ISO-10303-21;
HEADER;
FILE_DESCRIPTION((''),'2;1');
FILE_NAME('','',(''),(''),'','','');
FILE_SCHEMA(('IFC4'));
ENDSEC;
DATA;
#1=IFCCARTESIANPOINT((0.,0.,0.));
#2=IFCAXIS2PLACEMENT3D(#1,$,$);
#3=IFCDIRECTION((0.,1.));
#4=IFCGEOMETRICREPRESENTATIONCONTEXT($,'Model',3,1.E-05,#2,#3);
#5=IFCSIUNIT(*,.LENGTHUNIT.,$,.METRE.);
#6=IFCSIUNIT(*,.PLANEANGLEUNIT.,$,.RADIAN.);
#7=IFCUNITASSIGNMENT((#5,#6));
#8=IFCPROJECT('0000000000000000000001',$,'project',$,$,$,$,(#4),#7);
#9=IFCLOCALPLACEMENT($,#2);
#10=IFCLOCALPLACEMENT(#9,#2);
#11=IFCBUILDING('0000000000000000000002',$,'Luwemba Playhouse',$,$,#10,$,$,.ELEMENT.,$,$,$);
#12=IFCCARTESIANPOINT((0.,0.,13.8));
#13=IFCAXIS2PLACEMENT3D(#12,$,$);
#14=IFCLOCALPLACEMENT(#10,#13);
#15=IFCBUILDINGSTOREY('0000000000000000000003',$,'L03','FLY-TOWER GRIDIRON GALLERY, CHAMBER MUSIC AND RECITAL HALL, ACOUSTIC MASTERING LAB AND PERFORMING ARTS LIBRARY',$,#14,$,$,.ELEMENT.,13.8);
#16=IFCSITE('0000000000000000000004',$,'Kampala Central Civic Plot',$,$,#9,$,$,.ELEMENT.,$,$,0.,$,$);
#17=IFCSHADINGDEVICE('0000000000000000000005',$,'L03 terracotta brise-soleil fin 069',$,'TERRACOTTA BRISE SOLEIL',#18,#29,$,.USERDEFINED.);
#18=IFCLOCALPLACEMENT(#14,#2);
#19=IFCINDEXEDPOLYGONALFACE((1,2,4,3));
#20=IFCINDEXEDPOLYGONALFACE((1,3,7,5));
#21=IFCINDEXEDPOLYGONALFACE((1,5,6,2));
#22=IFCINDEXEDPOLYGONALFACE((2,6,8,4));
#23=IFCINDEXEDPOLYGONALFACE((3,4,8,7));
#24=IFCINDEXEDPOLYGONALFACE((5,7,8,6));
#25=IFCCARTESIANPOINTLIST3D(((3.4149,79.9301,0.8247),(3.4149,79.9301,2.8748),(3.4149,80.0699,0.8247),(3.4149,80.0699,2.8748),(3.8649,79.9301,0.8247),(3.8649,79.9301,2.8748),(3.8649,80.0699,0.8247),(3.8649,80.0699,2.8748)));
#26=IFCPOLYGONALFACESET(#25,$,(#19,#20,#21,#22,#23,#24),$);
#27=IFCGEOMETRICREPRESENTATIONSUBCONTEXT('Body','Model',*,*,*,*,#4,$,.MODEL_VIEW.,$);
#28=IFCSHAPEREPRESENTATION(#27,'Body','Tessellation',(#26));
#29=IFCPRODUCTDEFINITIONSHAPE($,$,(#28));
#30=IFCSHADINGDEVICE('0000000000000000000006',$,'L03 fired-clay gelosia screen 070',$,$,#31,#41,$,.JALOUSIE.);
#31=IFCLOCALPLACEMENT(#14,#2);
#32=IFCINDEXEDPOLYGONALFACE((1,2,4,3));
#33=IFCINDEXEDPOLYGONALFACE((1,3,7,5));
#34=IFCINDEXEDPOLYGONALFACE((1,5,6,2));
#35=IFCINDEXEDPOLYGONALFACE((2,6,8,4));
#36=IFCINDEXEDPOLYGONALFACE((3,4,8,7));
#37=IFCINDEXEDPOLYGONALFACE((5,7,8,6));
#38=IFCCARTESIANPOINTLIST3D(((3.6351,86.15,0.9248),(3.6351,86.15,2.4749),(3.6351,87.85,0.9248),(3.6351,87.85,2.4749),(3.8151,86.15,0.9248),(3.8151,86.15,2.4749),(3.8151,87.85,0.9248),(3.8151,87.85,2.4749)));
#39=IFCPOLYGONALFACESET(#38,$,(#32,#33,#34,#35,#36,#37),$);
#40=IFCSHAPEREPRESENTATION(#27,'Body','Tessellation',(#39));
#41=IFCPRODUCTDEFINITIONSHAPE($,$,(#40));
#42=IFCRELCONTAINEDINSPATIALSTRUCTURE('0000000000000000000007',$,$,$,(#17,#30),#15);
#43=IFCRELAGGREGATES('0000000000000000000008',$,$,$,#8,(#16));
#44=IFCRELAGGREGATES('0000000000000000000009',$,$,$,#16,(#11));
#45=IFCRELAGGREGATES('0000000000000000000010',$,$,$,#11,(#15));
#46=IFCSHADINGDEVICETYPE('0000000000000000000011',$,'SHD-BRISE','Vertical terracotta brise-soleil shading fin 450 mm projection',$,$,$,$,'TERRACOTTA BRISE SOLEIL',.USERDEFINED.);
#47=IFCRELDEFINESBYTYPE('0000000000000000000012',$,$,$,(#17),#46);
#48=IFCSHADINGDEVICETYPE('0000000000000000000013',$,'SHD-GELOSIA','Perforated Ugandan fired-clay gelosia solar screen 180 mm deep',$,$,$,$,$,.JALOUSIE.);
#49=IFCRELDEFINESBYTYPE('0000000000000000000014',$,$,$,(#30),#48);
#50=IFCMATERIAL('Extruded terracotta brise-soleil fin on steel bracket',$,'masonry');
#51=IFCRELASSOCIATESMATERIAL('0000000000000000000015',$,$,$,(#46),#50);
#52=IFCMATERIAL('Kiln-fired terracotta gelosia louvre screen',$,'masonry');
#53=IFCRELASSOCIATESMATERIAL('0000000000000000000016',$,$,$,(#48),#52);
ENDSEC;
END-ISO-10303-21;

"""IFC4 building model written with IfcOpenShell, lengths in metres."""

from ifc_helpers import new_model, si_unit, direction, frame, origin, origin_2d, place, context, subcontext, project, spatial, rectangle, extrude, material, type_object, element, save


model = new_model("IFC4")

# Units and contexts
model_context = context("Model", 3, precision=1e-05, world=origin(), true_north=direction((0.0, 1.0)))
body_context = subcontext(model_context, "Body", "Model", "MODEL_VIEW")
ifc_project = project(units=[si_unit("LENGTHUNIT", "METRE"), si_unit("PLANEANGLEUNIT", "RADIAN")], contexts=[model_context])

# Site, building, storey
site_placement = place(None, origin())
site = spatial("IfcSite", under=ifc_project, at=site_placement, Name="Kampala Central Civic Plot", CompositionType="ELEMENT", RefElevation=0.0)
building_placement = place(site_placement, origin())
building = spatial("IfcBuilding", under=site, at=building_placement, Name="Luwemba Playhouse", CompositionType="ELEMENT")
storey_placement = place(building_placement, frame((0.0, 0.0, 13.8)))
storey = spatial("IfcBuildingStorey", under=building, at=storey_placement, Name="L03", Description="FLY-TOWER GRIDIRON GALLERY, CHAMBER MUSIC AND RECITAL HALL, ACOUSTIC MASTERING LAB AND PERFORMING ARTS LIBRARY", CompositionType="ELEMENT", Elevation=13.8)

# Shading devices
ifc_material_1 = material(Name="Extruded terracotta brise-soleil fin on steel bracket", Category="masonry")
shading_device_type_1 = type_object("IfcShadingDeviceType", Name="SHD-BRISE", Description="Vertical terracotta brise-soleil shading fin 450 mm projection", ElementType="TERRACOTTA BRISE SOLEIL", PredefinedType="USERDEFINED", material=ifc_material_1)
shading_device_1_placement = place(storey_placement, frame((3.6399, 80.0, 0.8247), z_axis=(0.0, 0.0, 1.0), x_axis=(0.0, 1.0, 0.0)))
element("IfcShadingDevice", 1, at=shading_device_1_placement, inside=storey, type_object=shading_device_type_1, Name="L03 terracotta brise-soleil fin 069", ObjectType="TERRACOTTA BRISE SOLEIL", PredefinedType="USERDEFINED", context=body_context, shape_type="SweptSolid", body=[
    extrude(rectangle(XDim=0.1399, YDim=0.45, at=origin_2d()), origin(), (0.0, 0.0, 1.0), 2.05),
])
ifc_material_2 = material(Name="Kiln-fired terracotta gelosia louvre screen", Category="masonry")
shading_device_type_2 = type_object("IfcShadingDeviceType", Name="SHD-GELOSIA", Description="Perforated Ugandan fired-clay gelosia solar screen 180 mm deep", PredefinedType="JALOUSIE", material=ifc_material_2)
shading_device_2_placement = place(storey_placement, frame((3.7251, 87.0, 0.9248), z_axis=(0.0, 0.0, 1.0), x_axis=(0.0, 1.0, 0.0)))
element("IfcShadingDevice", 2, at=shading_device_2_placement, inside=storey, type_object=shading_device_type_2, Name="L03 fired-clay gelosia screen 070", PredefinedType="JALOUSIE", context=body_context, shape_type="SweptSolid", body=[
    extrude(rectangle(XDim=1.7, YDim=0.1799, at=origin_2d()), origin(), (0.0, 0.0, 1.0), 1.55),
])

save(model, "model.ifc")
